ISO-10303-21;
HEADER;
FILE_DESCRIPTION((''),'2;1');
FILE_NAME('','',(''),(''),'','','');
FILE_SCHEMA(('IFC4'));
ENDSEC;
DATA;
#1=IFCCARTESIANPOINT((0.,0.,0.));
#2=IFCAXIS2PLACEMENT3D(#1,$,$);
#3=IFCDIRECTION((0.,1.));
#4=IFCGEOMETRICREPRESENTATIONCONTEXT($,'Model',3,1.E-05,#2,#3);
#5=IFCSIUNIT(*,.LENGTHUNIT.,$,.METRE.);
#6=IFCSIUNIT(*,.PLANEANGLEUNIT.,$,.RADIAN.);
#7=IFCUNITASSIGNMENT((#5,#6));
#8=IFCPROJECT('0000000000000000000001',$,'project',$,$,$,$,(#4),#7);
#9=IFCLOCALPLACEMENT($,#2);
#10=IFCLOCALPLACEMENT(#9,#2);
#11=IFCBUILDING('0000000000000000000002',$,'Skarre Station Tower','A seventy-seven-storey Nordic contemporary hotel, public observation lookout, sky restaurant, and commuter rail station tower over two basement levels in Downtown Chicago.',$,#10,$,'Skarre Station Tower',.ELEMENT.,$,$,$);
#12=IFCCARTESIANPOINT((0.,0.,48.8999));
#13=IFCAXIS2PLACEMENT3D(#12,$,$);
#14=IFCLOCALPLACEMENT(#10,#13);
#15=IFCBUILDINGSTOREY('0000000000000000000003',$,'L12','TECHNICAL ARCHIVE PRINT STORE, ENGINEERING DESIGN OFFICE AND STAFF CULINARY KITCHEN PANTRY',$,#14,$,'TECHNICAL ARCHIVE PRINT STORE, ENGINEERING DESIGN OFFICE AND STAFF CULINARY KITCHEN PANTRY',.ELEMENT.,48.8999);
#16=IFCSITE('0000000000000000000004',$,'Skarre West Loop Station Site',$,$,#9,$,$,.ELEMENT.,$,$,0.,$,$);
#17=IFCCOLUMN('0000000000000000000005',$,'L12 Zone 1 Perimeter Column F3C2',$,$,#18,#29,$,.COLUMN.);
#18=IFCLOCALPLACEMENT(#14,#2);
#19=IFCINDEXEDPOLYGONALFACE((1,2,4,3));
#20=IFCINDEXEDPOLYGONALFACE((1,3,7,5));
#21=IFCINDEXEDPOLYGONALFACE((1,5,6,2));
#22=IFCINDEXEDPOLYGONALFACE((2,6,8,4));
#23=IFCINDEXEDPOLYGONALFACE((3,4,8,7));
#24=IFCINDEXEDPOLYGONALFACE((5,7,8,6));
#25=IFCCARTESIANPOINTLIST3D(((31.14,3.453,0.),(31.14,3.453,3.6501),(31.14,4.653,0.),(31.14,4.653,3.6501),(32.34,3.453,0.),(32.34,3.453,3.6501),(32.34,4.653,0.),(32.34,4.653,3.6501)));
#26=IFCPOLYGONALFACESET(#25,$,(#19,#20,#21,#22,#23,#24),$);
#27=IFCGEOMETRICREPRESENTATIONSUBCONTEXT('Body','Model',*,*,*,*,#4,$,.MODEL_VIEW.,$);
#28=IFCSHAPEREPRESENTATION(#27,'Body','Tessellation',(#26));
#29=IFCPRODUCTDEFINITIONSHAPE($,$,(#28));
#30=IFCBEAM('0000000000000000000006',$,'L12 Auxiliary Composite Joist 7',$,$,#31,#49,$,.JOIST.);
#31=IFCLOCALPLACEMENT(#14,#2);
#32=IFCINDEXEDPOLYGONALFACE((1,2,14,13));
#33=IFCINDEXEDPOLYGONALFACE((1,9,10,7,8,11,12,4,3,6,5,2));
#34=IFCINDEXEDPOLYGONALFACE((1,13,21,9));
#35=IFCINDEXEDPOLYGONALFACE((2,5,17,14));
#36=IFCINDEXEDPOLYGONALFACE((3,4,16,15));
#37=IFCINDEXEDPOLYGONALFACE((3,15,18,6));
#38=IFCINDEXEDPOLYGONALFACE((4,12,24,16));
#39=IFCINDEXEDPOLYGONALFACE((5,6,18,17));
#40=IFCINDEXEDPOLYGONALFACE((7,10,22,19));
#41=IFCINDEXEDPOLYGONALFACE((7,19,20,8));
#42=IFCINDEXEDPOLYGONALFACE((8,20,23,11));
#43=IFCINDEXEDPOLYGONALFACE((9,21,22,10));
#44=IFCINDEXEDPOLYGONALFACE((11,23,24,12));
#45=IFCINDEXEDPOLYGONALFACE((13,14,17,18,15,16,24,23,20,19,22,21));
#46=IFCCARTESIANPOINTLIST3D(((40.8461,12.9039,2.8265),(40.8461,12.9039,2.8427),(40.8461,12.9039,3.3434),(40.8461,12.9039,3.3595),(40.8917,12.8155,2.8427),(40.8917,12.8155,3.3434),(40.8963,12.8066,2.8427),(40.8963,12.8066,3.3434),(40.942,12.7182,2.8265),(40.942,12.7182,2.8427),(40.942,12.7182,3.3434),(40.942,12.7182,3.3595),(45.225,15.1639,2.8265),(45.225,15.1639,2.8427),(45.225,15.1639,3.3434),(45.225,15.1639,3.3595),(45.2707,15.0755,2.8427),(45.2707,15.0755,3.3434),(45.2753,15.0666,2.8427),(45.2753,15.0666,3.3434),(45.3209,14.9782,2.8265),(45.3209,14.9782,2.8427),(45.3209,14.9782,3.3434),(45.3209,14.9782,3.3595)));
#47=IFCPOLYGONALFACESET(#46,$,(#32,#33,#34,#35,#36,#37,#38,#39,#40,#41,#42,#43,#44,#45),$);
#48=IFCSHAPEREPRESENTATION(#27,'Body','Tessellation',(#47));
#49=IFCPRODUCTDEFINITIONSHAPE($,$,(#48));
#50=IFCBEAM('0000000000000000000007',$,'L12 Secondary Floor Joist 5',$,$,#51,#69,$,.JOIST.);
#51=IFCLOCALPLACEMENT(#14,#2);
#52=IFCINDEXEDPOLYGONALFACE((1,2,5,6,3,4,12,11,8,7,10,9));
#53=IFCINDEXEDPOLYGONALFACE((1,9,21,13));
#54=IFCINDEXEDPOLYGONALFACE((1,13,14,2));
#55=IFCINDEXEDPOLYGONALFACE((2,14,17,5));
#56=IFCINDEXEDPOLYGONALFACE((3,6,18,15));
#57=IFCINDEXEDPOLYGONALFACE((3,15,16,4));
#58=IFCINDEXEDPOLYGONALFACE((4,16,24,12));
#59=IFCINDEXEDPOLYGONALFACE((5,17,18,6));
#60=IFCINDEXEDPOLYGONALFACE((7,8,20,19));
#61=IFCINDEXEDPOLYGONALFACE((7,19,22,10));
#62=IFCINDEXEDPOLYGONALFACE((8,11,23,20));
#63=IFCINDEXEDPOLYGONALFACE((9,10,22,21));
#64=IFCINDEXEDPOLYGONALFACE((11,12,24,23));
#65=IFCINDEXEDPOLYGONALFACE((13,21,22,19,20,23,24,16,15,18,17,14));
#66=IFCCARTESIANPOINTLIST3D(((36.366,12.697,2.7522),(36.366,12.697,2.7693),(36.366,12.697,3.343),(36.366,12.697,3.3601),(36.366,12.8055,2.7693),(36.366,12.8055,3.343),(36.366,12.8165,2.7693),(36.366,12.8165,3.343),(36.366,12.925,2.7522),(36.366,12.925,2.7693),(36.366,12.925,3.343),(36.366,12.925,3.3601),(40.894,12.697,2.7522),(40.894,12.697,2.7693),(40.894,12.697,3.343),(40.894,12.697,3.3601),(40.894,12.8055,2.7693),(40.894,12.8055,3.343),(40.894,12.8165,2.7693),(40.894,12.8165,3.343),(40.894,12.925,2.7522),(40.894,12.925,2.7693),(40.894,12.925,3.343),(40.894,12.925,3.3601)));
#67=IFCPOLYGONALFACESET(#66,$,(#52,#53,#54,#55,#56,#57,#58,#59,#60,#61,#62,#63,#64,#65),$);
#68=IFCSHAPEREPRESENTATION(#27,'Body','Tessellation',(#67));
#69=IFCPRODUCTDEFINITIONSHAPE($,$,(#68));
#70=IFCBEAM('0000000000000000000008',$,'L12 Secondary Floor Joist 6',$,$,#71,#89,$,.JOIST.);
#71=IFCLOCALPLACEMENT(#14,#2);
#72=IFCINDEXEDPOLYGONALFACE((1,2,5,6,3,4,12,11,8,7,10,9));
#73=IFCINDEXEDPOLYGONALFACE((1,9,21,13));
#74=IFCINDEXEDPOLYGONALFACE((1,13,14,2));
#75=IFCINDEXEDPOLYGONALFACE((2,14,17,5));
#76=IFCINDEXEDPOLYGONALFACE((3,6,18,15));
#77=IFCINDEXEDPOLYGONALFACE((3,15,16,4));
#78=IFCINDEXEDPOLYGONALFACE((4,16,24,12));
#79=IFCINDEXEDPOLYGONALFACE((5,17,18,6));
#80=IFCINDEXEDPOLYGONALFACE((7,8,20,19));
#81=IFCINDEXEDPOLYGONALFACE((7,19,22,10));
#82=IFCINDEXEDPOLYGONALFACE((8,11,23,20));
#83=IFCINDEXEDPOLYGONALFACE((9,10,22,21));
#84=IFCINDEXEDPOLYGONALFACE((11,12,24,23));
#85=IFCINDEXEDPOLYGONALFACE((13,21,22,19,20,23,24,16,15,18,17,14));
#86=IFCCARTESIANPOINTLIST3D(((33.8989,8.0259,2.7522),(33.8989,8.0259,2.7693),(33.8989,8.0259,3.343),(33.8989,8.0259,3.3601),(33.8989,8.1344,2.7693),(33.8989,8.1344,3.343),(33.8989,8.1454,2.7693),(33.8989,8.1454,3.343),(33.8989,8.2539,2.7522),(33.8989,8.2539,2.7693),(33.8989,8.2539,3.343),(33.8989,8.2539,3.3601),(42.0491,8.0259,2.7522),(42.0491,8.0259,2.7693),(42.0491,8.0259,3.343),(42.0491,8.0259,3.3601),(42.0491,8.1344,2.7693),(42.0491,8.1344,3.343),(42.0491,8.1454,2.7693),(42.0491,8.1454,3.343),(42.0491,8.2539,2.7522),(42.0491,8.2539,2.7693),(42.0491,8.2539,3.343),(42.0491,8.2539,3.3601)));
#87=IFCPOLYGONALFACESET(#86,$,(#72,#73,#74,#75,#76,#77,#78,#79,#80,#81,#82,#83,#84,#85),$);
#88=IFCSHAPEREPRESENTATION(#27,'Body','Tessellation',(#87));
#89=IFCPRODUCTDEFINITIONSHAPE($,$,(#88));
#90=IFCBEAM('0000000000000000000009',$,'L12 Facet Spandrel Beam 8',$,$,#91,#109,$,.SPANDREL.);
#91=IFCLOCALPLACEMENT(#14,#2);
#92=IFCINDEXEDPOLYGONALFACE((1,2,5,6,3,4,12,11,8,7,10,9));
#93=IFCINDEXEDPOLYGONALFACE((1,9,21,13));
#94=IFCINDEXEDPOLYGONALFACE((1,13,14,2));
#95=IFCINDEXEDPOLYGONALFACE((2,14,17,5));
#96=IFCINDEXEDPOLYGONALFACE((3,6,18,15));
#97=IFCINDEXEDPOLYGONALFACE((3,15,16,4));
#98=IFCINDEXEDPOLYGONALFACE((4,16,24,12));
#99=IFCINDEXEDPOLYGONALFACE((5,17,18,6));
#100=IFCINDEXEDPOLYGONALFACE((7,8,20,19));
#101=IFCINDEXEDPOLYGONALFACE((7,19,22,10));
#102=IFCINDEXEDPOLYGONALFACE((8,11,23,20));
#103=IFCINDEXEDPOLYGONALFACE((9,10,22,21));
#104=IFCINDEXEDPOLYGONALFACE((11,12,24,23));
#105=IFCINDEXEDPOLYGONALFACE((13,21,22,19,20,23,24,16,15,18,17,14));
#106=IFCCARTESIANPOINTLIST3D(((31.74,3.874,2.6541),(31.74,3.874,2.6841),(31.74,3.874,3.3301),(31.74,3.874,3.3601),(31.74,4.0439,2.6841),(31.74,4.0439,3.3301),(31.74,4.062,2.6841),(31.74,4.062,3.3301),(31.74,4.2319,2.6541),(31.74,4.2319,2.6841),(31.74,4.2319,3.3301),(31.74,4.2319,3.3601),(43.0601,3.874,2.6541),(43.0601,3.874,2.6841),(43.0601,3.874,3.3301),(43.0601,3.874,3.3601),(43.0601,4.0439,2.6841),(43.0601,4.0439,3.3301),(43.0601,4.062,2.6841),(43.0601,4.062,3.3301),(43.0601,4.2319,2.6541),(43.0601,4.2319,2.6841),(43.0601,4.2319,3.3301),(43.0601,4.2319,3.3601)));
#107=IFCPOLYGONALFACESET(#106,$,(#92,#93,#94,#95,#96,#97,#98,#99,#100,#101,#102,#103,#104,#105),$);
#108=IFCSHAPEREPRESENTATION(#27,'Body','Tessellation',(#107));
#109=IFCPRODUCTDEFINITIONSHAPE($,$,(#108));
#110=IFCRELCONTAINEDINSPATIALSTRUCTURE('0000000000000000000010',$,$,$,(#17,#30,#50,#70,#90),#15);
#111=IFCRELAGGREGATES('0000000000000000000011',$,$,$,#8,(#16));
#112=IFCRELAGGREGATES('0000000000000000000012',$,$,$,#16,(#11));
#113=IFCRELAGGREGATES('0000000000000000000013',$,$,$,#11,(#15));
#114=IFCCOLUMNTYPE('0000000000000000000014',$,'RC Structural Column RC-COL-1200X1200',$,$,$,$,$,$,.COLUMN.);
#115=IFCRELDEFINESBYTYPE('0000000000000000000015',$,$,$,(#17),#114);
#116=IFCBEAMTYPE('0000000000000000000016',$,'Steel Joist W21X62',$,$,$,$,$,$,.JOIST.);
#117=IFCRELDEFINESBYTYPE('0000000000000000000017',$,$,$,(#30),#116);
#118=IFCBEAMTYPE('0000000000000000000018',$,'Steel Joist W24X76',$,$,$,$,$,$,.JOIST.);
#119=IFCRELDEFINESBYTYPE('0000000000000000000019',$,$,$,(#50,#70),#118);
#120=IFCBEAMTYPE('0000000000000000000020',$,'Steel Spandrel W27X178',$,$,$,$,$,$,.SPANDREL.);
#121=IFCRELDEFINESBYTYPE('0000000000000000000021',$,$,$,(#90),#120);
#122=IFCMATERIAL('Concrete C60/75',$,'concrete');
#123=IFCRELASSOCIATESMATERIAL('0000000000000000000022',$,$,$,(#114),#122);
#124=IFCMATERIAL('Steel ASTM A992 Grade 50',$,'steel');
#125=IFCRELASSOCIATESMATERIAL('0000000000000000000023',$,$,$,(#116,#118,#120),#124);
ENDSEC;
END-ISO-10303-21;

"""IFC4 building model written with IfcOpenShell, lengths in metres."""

from ifc_helpers import new_model, si_unit, direction, frame, origin, origin_2d, place, context, subcontext, project, spatial, rectangle, i_section, extrude, material, material_profile, profile_set, type_object, element, save


model = new_model("IFC4")

# Units and contexts
model_context = context("Model", 3, precision=1e-05, world=origin(), true_north=direction((0.0, 1.0)))
body_context = subcontext(model_context, "Body", "Model", "MODEL_VIEW")
ifc_project = project(units=[si_unit("LENGTHUNIT", "METRE"), si_unit("PLANEANGLEUNIT", "RADIAN")], contexts=[model_context])

# Site, building, storey
site_placement = place(None, origin())
site = spatial("IfcSite", under=ifc_project, at=site_placement, Name="Skarre West Loop Station Site", CompositionType="ELEMENT", RefElevation=0.0)
building_placement = place(site_placement, origin())
building = spatial("IfcBuilding", under=site, at=building_placement, Name="Skarre Station Tower", Description="A seventy-seven-storey Nordic contemporary hotel, public observation lookout, sky restaurant, and commuter rail station tower over two basement levels in Downtown Chicago.", LongName="Skarre Station Tower", CompositionType="ELEMENT")
storey_placement = place(building_placement, frame((0.0, 0.0, 48.8999)))
storey = spatial("IfcBuildingStorey", under=building, at=storey_placement, Name="L12", Description="TECHNICAL ARCHIVE PRINT STORE, ENGINEERING DESIGN OFFICE AND STAFF CULINARY KITCHEN PANTRY", LongName="TECHNICAL ARCHIVE PRINT STORE, ENGINEERING DESIGN OFFICE AND STAFF CULINARY KITCHEN PANTRY", CompositionType="ELEMENT", Elevation=48.8999)

# Column
ifc_material_1 = material(Name="Concrete C60/75", Category="concrete")
ifc_material_profile_1 = material_profile(ifc_material_1, rectangle(XDim=1.2, YDim=1.2, at=origin_2d()), Name="Concrete C60/75")
ifc_profile_set_1 = profile_set([ifc_material_profile_1], Name="Concrete C60/75")
column_type = type_object("IfcColumnType", Name="RC Structural Column RC-COL-1200X1200", PredefinedType="COLUMN", material=ifc_profile_set_1)
column_placement = place(storey_placement, frame((31.74, 4.053, 0.0), z_axis=(0.0, 0.0, 1.0), x_axis=(1.0, 0.0, 0.0)))
element("IfcColumn", 1, at=column_placement, inside=storey, type_object=column_type, Name="L12 Zone 1 Perimeter Column F3C2", PredefinedType="COLUMN", context=body_context, shape_type="SweptSolid", body=[
    extrude(rectangle(XDim=1.2, YDim=1.2, at=origin_2d()), origin(), (0.0, 0.0, 1.0), 3.6501),
])

# Beams
ifc_material_2 = material(Name="Steel ASTM A992 Grade 50", Category="steel")
ifc_material_profile_2 = material_profile(ifc_material_2, i_section(OverallWidth=0.209, OverallDepth=0.533, WebThickness=0.01, FlangeThickness=0.0161, at=origin_2d()), Name="Steel ASTM A992 Grade 50")
ifc_profile_set_2 = profile_set([ifc_material_profile_2], Name="Steel ASTM A992 Grade 50")
beam_type_1 = type_object("IfcBeamType", Name="Steel Joist W21X62", PredefinedType="JOIST", material=ifc_profile_set_2)
beam_1_placement = place(storey_placement, frame((40.894, 12.811, 3.093), z_axis=(0.888627, 0.458632, 0.0), x_axis=(-0.458632, 0.888627, 0.0)))
element("IfcBeam", 2, at=beam_1_placement, inside=storey, type_object=beam_type_1, Name="L12 Auxiliary Composite Joist 7", PredefinedType="JOIST", context=body_context, shape_type="SweptSolid", body=[
    extrude(i_section(OverallWidth=0.209, OverallDepth=0.533, WebThickness=0.01, FlangeThickness=0.0161, at=origin_2d()), origin(), (0.0, 0.0, 1.0), 4.9277),
])
ifc_material_profile_3 = material_profile(ifc_material_2, i_section(OverallWidth=0.228, OverallDepth=0.6079, WebThickness=0.011, FlangeThickness=0.0171, at=origin_2d()), Name="Steel ASTM A992 Grade 50")
ifc_profile_set_3 = profile_set([ifc_material_profile_3], Name="Steel ASTM A992 Grade 50")
beam_type_2 = type_object("IfcBeamType", Name="Steel Joist W24X76", PredefinedType="JOIST", material=ifc_profile_set_3)
beam_2_placement = place(storey_placement, frame((36.366, 12.811, 3.0562), z_axis=(1.0, 0.0, 0.0), x_axis=(0.0, 1.0, 0.0)))
element("IfcBeam", 3, at=beam_2_placement, inside=storey, type_object=beam_type_2, Name="L12 Secondary Floor Joist 5", PredefinedType="JOIST", context=body_context, shape_type="SweptSolid", body=[
    extrude(i_section(OverallWidth=0.228, OverallDepth=0.6079, WebThickness=0.011, FlangeThickness=0.0171, at=origin_2d()), origin(), (0.0, 0.0, 1.0), 4.5281),
])
beam_3_placement = place(storey_placement, frame((33.8989, 8.1399, 3.0562), z_axis=(1.0, 0.0, 0.0), x_axis=(0.0, 1.0, 0.0)))
element("IfcBeam", 4, at=beam_3_placement, inside=storey, type_object=beam_type_2, Name="L12 Secondary Floor Joist 6", PredefinedType="JOIST", context=body_context, shape_type="SweptSolid", body=[
    extrude(i_section(OverallWidth=0.228, OverallDepth=0.6079, WebThickness=0.011, FlangeThickness=0.0171, at=origin_2d()), origin(), (0.0, 0.0, 1.0), 8.1501),
])
ifc_material_profile_4 = material_profile(ifc_material_2, i_section(OverallWidth=0.3579, OverallDepth=0.7061, WebThickness=0.0181, FlangeThickness=0.03, at=origin_2d()), Name="Steel ASTM A992 Grade 50")
ifc_profile_set_4 = profile_set([ifc_material_profile_4], Name="Steel ASTM A992 Grade 50")
beam_type_3 = type_object("IfcBeamType", Name="Steel Spandrel W27X178", PredefinedType="SPANDREL", material=ifc_profile_set_4)
beam_4_placement = place(storey_placement, frame((31.74, 4.053, 3.0071), z_axis=(1.0, 0.0, 0.0), x_axis=(0.0, 1.0, 0.0)))
element("IfcBeam", 5, at=beam_4_placement, inside=storey, type_object=beam_type_3, Name="L12 Facet Spandrel Beam 8", PredefinedType="SPANDREL", context=body_context, shape_type="SweptSolid", body=[
    extrude(i_section(OverallWidth=0.3579, OverallDepth=0.7061, WebThickness=0.0181, FlangeThickness=0.03, at=origin_2d()), origin(), (0.0, 0.0, 1.0), 11.3201),
])

save(model, "model.ifc")
